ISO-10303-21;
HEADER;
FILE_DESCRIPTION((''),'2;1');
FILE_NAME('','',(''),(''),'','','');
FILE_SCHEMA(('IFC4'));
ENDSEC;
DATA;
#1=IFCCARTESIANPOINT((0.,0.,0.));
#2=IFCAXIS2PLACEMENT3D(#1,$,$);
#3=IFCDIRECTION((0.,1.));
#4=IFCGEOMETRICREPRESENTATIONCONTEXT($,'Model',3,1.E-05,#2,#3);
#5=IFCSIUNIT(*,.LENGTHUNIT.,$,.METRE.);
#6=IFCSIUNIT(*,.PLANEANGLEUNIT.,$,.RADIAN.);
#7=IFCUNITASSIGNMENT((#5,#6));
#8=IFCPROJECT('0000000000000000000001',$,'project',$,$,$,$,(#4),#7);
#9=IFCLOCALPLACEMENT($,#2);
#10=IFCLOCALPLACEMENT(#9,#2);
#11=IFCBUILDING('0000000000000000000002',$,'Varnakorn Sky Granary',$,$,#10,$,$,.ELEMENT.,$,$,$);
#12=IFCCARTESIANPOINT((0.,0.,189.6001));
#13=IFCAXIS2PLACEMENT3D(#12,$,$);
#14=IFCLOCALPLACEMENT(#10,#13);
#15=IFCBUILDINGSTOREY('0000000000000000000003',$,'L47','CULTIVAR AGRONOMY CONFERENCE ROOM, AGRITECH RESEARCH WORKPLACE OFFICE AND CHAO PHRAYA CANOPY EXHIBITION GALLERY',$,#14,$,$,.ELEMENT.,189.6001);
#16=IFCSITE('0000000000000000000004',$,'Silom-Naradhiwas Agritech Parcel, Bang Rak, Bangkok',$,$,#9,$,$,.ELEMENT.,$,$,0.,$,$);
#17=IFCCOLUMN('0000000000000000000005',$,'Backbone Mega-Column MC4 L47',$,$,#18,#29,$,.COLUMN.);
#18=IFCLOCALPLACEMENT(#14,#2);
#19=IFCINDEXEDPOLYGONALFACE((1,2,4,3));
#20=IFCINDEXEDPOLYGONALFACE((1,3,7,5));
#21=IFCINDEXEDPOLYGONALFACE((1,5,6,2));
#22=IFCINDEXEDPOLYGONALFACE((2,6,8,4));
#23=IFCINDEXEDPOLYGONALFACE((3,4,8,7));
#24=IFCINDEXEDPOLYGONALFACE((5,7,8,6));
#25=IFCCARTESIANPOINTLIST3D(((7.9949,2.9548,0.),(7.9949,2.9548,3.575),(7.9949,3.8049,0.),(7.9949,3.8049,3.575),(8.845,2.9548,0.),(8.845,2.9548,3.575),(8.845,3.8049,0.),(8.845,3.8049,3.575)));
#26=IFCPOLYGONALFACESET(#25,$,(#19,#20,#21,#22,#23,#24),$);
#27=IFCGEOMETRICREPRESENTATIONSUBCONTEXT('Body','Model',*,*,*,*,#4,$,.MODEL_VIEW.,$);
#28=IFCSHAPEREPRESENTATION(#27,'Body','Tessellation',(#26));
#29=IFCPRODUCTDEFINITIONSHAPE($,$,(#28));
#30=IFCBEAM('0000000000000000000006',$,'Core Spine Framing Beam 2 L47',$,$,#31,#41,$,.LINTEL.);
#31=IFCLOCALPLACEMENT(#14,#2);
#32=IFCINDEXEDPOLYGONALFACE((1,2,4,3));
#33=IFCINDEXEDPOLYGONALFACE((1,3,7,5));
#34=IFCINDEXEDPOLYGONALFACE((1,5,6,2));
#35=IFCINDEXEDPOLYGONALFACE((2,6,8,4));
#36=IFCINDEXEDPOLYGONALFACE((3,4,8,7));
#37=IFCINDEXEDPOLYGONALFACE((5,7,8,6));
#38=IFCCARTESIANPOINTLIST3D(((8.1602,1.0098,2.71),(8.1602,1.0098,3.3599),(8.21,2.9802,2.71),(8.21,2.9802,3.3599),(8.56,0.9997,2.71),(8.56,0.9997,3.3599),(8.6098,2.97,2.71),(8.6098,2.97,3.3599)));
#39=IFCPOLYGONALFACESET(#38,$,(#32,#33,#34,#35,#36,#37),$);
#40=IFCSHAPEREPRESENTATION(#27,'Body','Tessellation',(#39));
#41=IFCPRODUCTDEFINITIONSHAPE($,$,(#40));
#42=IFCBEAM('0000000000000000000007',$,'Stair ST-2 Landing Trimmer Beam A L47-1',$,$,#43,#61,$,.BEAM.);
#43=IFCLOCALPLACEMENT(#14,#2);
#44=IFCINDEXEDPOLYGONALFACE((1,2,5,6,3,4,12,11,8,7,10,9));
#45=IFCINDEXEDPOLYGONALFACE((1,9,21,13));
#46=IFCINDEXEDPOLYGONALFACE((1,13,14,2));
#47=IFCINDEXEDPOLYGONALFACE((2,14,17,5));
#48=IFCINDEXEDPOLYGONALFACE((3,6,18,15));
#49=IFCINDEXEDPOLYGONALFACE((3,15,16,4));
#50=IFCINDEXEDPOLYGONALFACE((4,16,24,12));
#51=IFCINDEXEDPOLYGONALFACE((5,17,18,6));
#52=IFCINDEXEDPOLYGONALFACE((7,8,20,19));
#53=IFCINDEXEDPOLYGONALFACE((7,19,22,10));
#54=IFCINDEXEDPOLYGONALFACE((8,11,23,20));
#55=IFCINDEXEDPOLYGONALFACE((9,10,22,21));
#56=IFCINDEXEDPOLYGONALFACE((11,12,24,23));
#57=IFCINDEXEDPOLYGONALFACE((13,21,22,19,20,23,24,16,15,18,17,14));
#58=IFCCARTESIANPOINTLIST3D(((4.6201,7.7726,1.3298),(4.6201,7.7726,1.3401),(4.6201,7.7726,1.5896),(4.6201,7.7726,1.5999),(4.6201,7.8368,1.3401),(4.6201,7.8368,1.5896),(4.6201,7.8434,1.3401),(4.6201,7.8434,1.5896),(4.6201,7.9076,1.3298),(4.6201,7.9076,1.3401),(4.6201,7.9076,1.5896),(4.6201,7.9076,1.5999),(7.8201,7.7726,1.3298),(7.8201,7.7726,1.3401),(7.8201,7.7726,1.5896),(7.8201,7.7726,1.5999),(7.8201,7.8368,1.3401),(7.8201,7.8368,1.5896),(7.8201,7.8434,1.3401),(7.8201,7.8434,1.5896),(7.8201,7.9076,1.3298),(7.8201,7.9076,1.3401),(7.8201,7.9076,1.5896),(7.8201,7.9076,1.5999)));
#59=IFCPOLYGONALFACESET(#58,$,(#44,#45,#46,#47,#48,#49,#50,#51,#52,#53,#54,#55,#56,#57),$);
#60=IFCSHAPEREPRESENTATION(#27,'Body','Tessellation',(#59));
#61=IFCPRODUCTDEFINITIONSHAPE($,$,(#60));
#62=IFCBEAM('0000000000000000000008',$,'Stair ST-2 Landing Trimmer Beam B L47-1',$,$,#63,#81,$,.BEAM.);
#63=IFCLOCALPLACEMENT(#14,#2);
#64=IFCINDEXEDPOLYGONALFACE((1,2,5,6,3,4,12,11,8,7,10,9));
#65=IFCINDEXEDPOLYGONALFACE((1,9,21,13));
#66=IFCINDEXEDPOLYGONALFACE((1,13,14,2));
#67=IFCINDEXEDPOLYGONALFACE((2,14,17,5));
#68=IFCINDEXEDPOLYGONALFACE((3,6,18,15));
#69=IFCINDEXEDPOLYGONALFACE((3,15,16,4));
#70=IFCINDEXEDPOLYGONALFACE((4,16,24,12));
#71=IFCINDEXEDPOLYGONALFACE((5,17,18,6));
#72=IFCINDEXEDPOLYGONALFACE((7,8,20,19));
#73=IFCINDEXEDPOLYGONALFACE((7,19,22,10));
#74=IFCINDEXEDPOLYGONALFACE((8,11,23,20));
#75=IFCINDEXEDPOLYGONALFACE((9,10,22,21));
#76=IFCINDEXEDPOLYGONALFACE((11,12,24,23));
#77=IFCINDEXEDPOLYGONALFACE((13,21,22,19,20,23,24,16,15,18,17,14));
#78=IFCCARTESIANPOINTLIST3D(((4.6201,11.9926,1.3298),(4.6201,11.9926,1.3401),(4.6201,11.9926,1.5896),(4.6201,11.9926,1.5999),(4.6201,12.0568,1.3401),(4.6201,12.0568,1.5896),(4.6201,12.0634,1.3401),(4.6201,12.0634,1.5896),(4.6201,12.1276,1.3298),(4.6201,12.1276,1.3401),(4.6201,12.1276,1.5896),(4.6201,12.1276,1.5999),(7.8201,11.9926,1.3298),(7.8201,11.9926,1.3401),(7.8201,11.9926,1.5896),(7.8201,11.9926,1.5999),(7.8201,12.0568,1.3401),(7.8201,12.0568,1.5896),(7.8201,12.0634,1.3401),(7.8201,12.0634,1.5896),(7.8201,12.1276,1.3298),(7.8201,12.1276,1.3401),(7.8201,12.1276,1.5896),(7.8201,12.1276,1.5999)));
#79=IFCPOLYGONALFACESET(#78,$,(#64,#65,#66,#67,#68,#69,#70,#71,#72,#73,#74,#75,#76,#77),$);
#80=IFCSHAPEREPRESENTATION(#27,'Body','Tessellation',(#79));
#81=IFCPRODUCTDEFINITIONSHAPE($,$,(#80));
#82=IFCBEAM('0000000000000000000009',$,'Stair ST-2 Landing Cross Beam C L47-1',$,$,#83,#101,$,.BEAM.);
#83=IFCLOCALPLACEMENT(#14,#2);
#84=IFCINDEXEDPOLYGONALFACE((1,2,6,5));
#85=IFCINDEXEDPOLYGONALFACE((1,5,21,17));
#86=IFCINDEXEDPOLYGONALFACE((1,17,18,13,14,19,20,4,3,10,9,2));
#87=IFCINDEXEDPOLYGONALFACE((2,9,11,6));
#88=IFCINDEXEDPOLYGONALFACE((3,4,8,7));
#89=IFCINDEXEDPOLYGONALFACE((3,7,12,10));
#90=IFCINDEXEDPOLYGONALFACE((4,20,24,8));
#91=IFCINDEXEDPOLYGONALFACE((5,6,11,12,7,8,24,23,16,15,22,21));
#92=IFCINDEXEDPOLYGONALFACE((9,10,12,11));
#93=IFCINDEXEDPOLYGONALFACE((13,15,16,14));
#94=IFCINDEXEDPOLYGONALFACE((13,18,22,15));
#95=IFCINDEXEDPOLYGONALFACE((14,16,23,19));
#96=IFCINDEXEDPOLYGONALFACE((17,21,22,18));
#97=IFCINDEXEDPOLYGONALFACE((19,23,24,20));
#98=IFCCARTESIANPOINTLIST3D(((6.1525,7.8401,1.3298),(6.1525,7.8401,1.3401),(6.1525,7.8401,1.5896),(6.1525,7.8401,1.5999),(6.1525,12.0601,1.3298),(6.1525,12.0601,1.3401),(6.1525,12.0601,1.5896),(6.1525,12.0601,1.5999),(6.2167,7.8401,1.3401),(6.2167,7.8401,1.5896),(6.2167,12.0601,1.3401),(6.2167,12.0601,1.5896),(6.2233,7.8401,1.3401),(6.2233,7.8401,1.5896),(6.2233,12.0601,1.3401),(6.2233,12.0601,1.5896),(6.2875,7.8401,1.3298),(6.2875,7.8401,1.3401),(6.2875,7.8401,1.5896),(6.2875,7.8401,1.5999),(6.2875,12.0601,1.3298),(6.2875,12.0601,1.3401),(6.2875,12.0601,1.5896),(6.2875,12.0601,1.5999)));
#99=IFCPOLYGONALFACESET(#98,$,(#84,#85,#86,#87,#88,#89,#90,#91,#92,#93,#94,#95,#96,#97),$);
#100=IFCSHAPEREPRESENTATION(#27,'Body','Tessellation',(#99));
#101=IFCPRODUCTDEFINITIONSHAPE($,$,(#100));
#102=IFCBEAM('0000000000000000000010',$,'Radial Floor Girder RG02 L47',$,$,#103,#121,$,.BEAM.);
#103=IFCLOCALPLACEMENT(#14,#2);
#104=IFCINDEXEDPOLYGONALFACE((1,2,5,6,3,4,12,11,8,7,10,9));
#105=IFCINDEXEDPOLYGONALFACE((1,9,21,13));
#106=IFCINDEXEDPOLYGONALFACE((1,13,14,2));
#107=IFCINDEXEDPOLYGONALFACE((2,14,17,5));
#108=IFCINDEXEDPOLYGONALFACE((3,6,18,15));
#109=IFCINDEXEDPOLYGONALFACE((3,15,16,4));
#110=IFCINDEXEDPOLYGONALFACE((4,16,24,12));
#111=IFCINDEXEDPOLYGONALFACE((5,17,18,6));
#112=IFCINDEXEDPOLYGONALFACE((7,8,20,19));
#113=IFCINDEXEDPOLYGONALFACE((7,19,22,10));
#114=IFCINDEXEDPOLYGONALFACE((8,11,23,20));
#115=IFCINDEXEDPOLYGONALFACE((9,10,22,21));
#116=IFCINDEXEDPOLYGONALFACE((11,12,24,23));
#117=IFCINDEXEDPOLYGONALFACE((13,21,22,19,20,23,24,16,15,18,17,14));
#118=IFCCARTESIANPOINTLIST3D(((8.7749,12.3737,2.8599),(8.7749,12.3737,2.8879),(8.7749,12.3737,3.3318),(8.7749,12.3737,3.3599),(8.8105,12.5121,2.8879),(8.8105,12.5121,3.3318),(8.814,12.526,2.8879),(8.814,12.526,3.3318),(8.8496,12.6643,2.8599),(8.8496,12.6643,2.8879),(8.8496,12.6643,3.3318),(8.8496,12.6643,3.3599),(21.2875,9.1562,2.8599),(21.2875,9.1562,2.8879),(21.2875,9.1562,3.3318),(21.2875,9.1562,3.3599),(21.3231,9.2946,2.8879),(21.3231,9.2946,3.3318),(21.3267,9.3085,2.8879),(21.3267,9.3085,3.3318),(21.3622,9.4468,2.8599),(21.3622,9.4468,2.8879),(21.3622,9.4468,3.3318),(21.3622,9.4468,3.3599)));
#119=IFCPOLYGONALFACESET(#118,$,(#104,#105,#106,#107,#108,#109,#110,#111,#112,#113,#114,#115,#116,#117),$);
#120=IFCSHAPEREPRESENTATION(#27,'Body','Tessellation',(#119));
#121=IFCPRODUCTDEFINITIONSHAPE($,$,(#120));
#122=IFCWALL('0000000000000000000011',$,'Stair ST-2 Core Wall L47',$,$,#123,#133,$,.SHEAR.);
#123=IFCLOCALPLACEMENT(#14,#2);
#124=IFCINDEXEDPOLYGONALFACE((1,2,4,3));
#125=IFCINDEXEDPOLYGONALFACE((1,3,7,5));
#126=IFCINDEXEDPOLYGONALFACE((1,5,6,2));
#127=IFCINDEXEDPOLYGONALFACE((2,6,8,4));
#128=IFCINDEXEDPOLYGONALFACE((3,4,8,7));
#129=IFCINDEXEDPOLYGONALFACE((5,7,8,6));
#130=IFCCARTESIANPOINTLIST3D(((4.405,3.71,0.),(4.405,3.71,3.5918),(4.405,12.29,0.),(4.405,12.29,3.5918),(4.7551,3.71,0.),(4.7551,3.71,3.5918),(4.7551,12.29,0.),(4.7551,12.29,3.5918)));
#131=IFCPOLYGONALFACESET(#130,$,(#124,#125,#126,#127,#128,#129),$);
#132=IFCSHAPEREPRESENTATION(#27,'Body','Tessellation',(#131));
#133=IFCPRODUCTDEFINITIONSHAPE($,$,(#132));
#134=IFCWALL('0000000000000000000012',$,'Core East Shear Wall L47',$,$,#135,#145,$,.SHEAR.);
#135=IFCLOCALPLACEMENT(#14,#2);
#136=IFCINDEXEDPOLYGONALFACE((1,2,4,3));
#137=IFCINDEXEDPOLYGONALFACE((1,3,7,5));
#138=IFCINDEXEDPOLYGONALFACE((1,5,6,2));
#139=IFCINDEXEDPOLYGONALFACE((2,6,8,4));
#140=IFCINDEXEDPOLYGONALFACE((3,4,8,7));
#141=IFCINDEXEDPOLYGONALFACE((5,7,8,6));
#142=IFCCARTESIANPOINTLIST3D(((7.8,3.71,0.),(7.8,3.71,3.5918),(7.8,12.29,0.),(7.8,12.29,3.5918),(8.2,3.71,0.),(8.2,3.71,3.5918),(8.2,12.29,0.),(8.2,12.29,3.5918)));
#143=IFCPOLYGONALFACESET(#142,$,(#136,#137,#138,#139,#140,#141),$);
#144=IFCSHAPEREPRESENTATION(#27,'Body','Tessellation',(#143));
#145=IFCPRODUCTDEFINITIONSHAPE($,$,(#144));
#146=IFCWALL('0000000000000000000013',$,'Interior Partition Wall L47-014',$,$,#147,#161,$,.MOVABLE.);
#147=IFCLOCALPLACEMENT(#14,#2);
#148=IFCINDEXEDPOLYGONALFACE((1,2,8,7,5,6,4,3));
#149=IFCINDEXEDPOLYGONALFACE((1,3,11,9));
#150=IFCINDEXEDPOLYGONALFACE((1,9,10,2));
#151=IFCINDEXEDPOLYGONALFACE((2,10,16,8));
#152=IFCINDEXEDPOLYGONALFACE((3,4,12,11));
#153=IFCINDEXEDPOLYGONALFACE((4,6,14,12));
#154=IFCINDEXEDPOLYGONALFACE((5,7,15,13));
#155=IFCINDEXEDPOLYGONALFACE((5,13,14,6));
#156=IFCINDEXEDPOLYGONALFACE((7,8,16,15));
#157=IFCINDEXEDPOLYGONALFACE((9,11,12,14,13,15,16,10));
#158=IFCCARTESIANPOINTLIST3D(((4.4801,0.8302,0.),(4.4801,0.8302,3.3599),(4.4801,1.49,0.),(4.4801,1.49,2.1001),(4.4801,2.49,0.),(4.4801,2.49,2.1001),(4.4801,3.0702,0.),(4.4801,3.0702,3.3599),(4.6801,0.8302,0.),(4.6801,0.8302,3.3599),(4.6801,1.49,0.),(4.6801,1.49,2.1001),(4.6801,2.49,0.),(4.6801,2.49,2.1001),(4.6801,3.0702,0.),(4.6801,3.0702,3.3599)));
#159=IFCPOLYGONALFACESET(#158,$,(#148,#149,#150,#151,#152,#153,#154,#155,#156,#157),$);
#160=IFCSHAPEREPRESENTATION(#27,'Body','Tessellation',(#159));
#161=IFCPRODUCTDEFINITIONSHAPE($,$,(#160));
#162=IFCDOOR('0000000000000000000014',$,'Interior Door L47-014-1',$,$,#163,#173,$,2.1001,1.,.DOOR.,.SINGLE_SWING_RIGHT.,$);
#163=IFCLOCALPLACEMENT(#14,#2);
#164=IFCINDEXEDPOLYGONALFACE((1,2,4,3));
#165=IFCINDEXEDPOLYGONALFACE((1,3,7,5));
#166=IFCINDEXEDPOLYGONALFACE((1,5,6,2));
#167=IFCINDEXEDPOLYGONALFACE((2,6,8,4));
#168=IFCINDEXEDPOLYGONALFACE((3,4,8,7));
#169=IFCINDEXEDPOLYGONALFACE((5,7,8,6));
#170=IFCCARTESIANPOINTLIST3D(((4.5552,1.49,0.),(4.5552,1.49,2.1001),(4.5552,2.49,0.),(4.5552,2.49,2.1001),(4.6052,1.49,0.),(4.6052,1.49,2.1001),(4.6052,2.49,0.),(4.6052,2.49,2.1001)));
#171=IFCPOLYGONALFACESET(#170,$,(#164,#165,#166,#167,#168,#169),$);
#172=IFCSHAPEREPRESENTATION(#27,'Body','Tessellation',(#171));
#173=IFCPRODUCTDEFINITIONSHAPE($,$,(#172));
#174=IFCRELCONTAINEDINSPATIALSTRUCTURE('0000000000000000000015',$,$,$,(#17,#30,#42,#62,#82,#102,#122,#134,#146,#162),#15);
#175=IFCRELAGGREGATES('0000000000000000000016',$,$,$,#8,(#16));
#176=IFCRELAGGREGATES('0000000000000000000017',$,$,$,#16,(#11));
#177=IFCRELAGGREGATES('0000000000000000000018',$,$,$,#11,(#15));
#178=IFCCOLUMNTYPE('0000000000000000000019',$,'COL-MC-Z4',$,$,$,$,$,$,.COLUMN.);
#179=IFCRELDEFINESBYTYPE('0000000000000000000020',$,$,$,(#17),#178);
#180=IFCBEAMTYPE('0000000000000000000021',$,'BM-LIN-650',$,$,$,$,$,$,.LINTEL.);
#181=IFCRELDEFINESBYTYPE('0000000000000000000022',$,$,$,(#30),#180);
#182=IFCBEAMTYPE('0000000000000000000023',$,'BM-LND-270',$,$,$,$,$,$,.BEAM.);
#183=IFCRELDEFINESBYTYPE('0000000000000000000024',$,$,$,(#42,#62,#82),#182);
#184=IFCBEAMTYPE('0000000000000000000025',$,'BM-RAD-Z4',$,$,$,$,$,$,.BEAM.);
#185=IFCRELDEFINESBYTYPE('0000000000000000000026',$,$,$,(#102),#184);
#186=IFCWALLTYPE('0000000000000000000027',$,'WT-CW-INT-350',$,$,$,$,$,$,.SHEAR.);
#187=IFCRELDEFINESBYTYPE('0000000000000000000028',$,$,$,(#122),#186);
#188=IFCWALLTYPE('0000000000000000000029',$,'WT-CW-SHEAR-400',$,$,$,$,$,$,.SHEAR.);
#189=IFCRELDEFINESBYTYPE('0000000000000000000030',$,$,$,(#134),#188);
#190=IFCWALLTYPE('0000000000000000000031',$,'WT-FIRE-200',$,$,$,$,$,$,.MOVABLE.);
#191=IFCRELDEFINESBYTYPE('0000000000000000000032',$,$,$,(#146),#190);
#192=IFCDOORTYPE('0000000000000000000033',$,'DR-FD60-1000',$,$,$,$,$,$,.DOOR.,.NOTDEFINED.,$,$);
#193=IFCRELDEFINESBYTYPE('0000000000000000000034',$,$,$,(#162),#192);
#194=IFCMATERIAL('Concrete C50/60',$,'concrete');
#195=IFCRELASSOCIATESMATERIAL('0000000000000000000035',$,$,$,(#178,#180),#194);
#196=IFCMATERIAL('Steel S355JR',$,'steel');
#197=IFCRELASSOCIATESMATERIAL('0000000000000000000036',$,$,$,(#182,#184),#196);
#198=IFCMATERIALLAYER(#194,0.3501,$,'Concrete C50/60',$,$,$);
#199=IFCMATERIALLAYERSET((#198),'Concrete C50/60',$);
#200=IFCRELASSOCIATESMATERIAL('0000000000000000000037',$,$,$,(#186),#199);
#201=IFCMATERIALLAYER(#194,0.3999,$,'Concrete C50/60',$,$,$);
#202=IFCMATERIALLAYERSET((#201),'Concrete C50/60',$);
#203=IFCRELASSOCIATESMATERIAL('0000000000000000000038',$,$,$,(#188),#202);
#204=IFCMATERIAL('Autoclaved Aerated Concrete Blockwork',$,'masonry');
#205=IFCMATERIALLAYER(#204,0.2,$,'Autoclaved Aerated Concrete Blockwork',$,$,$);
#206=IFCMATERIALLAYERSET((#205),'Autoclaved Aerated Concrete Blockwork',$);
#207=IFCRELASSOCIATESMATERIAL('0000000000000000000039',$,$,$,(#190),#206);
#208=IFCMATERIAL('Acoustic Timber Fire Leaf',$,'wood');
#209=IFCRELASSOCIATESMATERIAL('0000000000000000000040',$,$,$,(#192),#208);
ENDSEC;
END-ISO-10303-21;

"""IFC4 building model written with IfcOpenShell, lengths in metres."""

from ifc_helpers import new_model, si_unit, direction, frame, frame_2d, origin, origin_2d, place, context, subcontext, project, spatial, rectangle, i_section, extrude, material, layer, layer_set, material_profile, profile_set, type_object, element, fill, save


model = new_model("IFC4")

# Units and contexts
model_context = context("Model", 3, precision=1e-05, world=origin(), true_north=direction((0.0, 1.0)))
body_context = subcontext(model_context, "Body", "Model", "MODEL_VIEW")
ifc_project = project(units=[si_unit("LENGTHUNIT", "METRE"), si_unit("PLANEANGLEUNIT", "RADIAN")], contexts=[model_context])

# Site, building, storey
site_placement = place(None, origin())
site = spatial("IfcSite", under=ifc_project, at=site_placement, Name="Silom-Naradhiwas Agritech Parcel, Bang Rak, Bangkok", CompositionType="ELEMENT", RefElevation=0.0)
building_placement = place(site_placement, origin())
building = spatial("IfcBuilding", under=site, at=building_placement, Name="Varnakorn Sky Granary", CompositionType="ELEMENT")
storey_placement = place(building_placement, frame((0.0, 0.0, 189.6001)))
storey = spatial("IfcBuildingStorey", under=building, at=storey_placement, Name="L47", Description="CULTIVAR AGRONOMY CONFERENCE ROOM, AGRITECH RESEARCH WORKPLACE OFFICE AND CHAO PHRAYA CANOPY EXHIBITION GALLERY", CompositionType="ELEMENT", Elevation=189.6001)

# Column
ifc_material_1 = material(Name="Concrete C50/60", Category="concrete")
ifc_material_profile_1 = material_profile(ifc_material_1, rectangle(XDim=0.8501, YDim=0.8501, at=origin_2d()), Name="RC 850x850")
ifc_profile_set_1 = profile_set([ifc_material_profile_1], Name="Concrete C50/60")
column_type = type_object("IfcColumnType", Name="COL-MC-Z4", PredefinedType="COLUMN", material=ifc_profile_set_1)
column_placement = place(storey_placement, frame((8.4199, 3.3799, 0.0), z_axis=(0.0, 0.0, 1.0), x_axis=(1.0, 0.0, 0.0)))
element("IfcColumn", 1, at=column_placement, inside=storey, type_object=column_type, Name="Backbone Mega-Column MC4 L47", PredefinedType="COLUMN", context=body_context, shape_type="SweptSolid", body=[
    extrude(rectangle(XDim=0.8501, YDim=0.8501, at=origin_2d()), origin(), (0.0, 0.0, 1.0), 3.575),
])

# Beams
ifc_material_profile_2 = material_profile(ifc_material_1, rectangle(XDim=0.3999, YDim=0.6499, at=origin_2d()), Name="RC 400x650")
ifc_profile_set_2 = profile_set([ifc_material_profile_2], Name="Concrete C50/60")
beam_type_1 = type_object("IfcBeamType", Name="BM-LIN-650", PredefinedType="LINTEL", material=ifc_profile_set_2)
beam_1_placement = place(storey_placement, frame((8.4099, 2.9751, 3.0349), z_axis=(-0.025271, -0.999681, 0.0), x_axis=(0.999681, -0.025271, 0.0)))
element("IfcBeam", 2, at=beam_1_placement, inside=storey, type_object=beam_type_1, Name="Core Spine Framing Beam 2 L47", PredefinedType="LINTEL", context=body_context, shape_type="SweptSolid", body=[
    extrude(rectangle(XDim=0.3999, YDim=0.6499, at=origin_2d()), origin(), (0.0, 0.0, 1.0), 1.9709),
])
ifc_material_2 = material(Name="Steel S355JR", Category="steel")
ifc_material_profile_3 = material_profile(ifc_material_2, i_section(OverallWidth=0.135, OverallDepth=0.27, WebThickness=0.0066, FlangeThickness=0.0103, at=origin_2d()), Name="IPE 270")
ifc_profile_set_3 = profile_set([ifc_material_profile_3], Name="Steel S355JR")
beam_type_2 = type_object("IfcBeamType", Name="BM-LND-270", PredefinedType="BEAM", material=ifc_profile_set_3)
for number, where, z_axis, x_axis, name in (
    (3, (4.6201, 7.8401, 1.4648), (1.0, 0.0, 0.0), (0.0, 1.0, 0.0), "Stair ST-2 Landing Trimmer Beam A L47-1"),
    (4, (4.6201, 12.0601, 1.4648), (1.0, 0.0, 0.0), (0.0, 1.0, 0.0), "Stair ST-2 Landing Trimmer Beam B L47-1"),
):
    element("IfcBeam", number, at=place(storey_placement, frame(where, z_axis=z_axis, x_axis=x_axis)), inside=storey, type_object=beam_type_2, Name=name, PredefinedType="BEAM", context=body_context, shape_type="SweptSolid", body=[
        extrude(i_section(OverallWidth=0.135, OverallDepth=0.27, WebThickness=0.0066, FlangeThickness=0.0103, at=origin_2d()), origin(), (0.0, 0.0, 1.0), 3.2),
    ])
beam_2_placement = place(storey_placement, frame((6.22, 7.8401, 1.4648), z_axis=(0.0, 1.0, 0.0), x_axis=(-1.0, 0.0, 0.0)))
element("IfcBeam", 5, at=beam_2_placement, inside=storey, type_object=beam_type_2, Name="Stair ST-2 Landing Cross Beam C L47-1", PredefinedType="BEAM", context=body_context, shape_type="SweptSolid", body=[
    extrude(i_section(OverallWidth=0.135, OverallDepth=0.27, WebThickness=0.0066, FlangeThickness=0.0103, at=origin_2d()), origin(), (0.0, 0.0, 1.0), 4.22),
])
ifc_material_profile_4 = material_profile(ifc_material_2, i_section(OverallWidth=0.3, OverallDepth=0.5, WebThickness=0.0144, FlangeThickness=0.0281, at=origin_2d()), Name="HE 500 B")
ifc_profile_set_4 = profile_set([ifc_material_profile_4], Name="Steel S355JR")
beam_type_3 = type_object("IfcBeamType", Name="BM-RAD-Z4", PredefinedType="BEAM", material=ifc_profile_set_4)
beam_3_placement = place(storey_placement, frame((8.8123, 12.519, 3.1099), z_axis=(0.968493, -0.24904, 0.0), x_axis=(0.24904, 0.968493, 0.0)))
element("IfcBeam", 6, at=beam_3_placement, inside=storey, type_object=beam_type_3, Name="Radial Floor Girder RG02 L47", PredefinedType="BEAM", context=body_context, shape_type="SweptSolid", body=[
    extrude(i_section(OverallWidth=0.3, OverallDepth=0.5, WebThickness=0.0144, FlangeThickness=0.0281, at=origin_2d()), origin(), (0.0, 0.0, 1.0), 12.9197),
])

# Walls
ifc_layer_1 = layer(ifc_material_1, 0.3501, Name="Concrete C50/60")
ifc_layer_set_1 = layer_set([ifc_layer_1], Name="Concrete C50/60")
wall_type_1 = type_object("IfcWallType", Name="WT-CW-INT-350", PredefinedType="SHEAR", material=ifc_layer_set_1)
wall_1_placement = place(storey_placement, frame((4.5801, 3.71, 0.0), z_axis=(0.0, 0.0, 1.0), x_axis=(0.0, 1.0, 0.0)))
element("IfcWall", 7, at=wall_1_placement, inside=storey, type_object=wall_type_1, Name="Stair ST-2 Core Wall L47", PredefinedType="SHEAR", context=body_context, shape_type="SweptSolid", body=[
    extrude(rectangle(XDim=8.5801, YDim=0.3501, at=frame_2d((4.29, 0.0))), origin(), (0.0, 0.0, 1.0), 3.5918),
])
ifc_layer_2 = layer(ifc_material_1, 0.3999, Name="Concrete C50/60")
ifc_layer_set_2 = layer_set([ifc_layer_2], Name="Concrete C50/60")
wall_type_2 = type_object("IfcWallType", Name="WT-CW-SHEAR-400", PredefinedType="SHEAR", material=ifc_layer_set_2)
wall_2_placement = place(storey_placement, frame((8.0, 3.71, 0.0), z_axis=(0.0, 0.0, 1.0), x_axis=(0.0, 1.0, 0.0)))
element("IfcWall", 8, at=wall_2_placement, inside=storey, type_object=wall_type_2, Name="Core East Shear Wall L47", PredefinedType="SHEAR", context=body_context, shape_type="SweptSolid", body=[
    extrude(rectangle(XDim=8.5801, YDim=0.3999, at=frame_2d((4.29, 0.0))), origin(), (0.0, 0.0, 1.0), 3.5918),
])

# Wall, opening, door
ifc_material_3 = material(Name="Autoclaved Aerated Concrete Blockwork", Category="masonry")
ifc_layer_3 = layer(ifc_material_3, 0.2, Name="Autoclaved Aerated Concrete Blockwork")
ifc_layer_set_3 = layer_set([ifc_layer_3], Name="Autoclaved Aerated Concrete Blockwork")
wall_type_3 = type_object("IfcWallType", Name="WT-FIRE-200", PredefinedType="MOVABLE", material=ifc_layer_set_3)
wall_3_placement = place(storey_placement, frame((4.5801, 0.8301, 0.0), z_axis=(0.0, 0.0, 1.0), x_axis=(0.0, 1.0, 0.0)))
wall_3 = element("IfcWall", 9, at=wall_3_placement, inside=storey, type_object=wall_type_3, Name="Interior Partition Wall L47-014", PredefinedType="MOVABLE", context=body_context, shape_type="SweptSolid", body=[
    extrude(rectangle(XDim=2.24, YDim=0.2, at=frame_2d((1.1201, 0.0))), origin(), (0.0, 0.0, 1.0), 3.3599),
])
opening_1_placement = place(wall_3_placement, frame((0.6599, 0.0, 0.0)))
opening_1 = element("IfcOpeningElement", 10, at=opening_1_placement, cuts=wall_3, PredefinedType="OPENING", context=body_context, shape_type="SweptSolid", body=[
    extrude(rectangle(XDim=1.0, YDim=2.1001, at=frame_2d((0.5, 1.05))), frame((0.0, 0.1099, 0.0), z_axis=(0.0, -1.0, 0.0), x_axis=(1.0, 0.0, 0.0)), (0.0, 0.0, 1.0), 0.22),
])
ifc_material_4 = material(Name="Acoustic Timber Fire Leaf", Category="wood")
door_type_1 = type_object("IfcDoorType", Name="DR-FD60-1000", OperationType="NOTDEFINED", PredefinedType="DOOR", material=ifc_material_4)
door_1_placement = place(opening_1_placement, origin())
door_1 = element("IfcDoor", 11, at=door_1_placement, inside=storey, type_object=door_type_1, Name="Interior Door L47-014-1", OperationType="SINGLE_SWING_RIGHT", OverallHeight=2.1001, OverallWidth=1.0, PredefinedType="DOOR", context=body_context, shape_type="SweptSolid", body=[
    extrude(rectangle(XDim=1.0, YDim=2.1001, at=frame_2d((0.5, 1.05))), frame((0.0, 0.0249, 0.0), z_axis=(0.0, -1.0, 0.0), x_axis=(1.0, 0.0, 0.0)), (0.0, 0.0, 1.0), 0.05),
])
fill(opening_1, door_1)

save(model, "model.ifc")
